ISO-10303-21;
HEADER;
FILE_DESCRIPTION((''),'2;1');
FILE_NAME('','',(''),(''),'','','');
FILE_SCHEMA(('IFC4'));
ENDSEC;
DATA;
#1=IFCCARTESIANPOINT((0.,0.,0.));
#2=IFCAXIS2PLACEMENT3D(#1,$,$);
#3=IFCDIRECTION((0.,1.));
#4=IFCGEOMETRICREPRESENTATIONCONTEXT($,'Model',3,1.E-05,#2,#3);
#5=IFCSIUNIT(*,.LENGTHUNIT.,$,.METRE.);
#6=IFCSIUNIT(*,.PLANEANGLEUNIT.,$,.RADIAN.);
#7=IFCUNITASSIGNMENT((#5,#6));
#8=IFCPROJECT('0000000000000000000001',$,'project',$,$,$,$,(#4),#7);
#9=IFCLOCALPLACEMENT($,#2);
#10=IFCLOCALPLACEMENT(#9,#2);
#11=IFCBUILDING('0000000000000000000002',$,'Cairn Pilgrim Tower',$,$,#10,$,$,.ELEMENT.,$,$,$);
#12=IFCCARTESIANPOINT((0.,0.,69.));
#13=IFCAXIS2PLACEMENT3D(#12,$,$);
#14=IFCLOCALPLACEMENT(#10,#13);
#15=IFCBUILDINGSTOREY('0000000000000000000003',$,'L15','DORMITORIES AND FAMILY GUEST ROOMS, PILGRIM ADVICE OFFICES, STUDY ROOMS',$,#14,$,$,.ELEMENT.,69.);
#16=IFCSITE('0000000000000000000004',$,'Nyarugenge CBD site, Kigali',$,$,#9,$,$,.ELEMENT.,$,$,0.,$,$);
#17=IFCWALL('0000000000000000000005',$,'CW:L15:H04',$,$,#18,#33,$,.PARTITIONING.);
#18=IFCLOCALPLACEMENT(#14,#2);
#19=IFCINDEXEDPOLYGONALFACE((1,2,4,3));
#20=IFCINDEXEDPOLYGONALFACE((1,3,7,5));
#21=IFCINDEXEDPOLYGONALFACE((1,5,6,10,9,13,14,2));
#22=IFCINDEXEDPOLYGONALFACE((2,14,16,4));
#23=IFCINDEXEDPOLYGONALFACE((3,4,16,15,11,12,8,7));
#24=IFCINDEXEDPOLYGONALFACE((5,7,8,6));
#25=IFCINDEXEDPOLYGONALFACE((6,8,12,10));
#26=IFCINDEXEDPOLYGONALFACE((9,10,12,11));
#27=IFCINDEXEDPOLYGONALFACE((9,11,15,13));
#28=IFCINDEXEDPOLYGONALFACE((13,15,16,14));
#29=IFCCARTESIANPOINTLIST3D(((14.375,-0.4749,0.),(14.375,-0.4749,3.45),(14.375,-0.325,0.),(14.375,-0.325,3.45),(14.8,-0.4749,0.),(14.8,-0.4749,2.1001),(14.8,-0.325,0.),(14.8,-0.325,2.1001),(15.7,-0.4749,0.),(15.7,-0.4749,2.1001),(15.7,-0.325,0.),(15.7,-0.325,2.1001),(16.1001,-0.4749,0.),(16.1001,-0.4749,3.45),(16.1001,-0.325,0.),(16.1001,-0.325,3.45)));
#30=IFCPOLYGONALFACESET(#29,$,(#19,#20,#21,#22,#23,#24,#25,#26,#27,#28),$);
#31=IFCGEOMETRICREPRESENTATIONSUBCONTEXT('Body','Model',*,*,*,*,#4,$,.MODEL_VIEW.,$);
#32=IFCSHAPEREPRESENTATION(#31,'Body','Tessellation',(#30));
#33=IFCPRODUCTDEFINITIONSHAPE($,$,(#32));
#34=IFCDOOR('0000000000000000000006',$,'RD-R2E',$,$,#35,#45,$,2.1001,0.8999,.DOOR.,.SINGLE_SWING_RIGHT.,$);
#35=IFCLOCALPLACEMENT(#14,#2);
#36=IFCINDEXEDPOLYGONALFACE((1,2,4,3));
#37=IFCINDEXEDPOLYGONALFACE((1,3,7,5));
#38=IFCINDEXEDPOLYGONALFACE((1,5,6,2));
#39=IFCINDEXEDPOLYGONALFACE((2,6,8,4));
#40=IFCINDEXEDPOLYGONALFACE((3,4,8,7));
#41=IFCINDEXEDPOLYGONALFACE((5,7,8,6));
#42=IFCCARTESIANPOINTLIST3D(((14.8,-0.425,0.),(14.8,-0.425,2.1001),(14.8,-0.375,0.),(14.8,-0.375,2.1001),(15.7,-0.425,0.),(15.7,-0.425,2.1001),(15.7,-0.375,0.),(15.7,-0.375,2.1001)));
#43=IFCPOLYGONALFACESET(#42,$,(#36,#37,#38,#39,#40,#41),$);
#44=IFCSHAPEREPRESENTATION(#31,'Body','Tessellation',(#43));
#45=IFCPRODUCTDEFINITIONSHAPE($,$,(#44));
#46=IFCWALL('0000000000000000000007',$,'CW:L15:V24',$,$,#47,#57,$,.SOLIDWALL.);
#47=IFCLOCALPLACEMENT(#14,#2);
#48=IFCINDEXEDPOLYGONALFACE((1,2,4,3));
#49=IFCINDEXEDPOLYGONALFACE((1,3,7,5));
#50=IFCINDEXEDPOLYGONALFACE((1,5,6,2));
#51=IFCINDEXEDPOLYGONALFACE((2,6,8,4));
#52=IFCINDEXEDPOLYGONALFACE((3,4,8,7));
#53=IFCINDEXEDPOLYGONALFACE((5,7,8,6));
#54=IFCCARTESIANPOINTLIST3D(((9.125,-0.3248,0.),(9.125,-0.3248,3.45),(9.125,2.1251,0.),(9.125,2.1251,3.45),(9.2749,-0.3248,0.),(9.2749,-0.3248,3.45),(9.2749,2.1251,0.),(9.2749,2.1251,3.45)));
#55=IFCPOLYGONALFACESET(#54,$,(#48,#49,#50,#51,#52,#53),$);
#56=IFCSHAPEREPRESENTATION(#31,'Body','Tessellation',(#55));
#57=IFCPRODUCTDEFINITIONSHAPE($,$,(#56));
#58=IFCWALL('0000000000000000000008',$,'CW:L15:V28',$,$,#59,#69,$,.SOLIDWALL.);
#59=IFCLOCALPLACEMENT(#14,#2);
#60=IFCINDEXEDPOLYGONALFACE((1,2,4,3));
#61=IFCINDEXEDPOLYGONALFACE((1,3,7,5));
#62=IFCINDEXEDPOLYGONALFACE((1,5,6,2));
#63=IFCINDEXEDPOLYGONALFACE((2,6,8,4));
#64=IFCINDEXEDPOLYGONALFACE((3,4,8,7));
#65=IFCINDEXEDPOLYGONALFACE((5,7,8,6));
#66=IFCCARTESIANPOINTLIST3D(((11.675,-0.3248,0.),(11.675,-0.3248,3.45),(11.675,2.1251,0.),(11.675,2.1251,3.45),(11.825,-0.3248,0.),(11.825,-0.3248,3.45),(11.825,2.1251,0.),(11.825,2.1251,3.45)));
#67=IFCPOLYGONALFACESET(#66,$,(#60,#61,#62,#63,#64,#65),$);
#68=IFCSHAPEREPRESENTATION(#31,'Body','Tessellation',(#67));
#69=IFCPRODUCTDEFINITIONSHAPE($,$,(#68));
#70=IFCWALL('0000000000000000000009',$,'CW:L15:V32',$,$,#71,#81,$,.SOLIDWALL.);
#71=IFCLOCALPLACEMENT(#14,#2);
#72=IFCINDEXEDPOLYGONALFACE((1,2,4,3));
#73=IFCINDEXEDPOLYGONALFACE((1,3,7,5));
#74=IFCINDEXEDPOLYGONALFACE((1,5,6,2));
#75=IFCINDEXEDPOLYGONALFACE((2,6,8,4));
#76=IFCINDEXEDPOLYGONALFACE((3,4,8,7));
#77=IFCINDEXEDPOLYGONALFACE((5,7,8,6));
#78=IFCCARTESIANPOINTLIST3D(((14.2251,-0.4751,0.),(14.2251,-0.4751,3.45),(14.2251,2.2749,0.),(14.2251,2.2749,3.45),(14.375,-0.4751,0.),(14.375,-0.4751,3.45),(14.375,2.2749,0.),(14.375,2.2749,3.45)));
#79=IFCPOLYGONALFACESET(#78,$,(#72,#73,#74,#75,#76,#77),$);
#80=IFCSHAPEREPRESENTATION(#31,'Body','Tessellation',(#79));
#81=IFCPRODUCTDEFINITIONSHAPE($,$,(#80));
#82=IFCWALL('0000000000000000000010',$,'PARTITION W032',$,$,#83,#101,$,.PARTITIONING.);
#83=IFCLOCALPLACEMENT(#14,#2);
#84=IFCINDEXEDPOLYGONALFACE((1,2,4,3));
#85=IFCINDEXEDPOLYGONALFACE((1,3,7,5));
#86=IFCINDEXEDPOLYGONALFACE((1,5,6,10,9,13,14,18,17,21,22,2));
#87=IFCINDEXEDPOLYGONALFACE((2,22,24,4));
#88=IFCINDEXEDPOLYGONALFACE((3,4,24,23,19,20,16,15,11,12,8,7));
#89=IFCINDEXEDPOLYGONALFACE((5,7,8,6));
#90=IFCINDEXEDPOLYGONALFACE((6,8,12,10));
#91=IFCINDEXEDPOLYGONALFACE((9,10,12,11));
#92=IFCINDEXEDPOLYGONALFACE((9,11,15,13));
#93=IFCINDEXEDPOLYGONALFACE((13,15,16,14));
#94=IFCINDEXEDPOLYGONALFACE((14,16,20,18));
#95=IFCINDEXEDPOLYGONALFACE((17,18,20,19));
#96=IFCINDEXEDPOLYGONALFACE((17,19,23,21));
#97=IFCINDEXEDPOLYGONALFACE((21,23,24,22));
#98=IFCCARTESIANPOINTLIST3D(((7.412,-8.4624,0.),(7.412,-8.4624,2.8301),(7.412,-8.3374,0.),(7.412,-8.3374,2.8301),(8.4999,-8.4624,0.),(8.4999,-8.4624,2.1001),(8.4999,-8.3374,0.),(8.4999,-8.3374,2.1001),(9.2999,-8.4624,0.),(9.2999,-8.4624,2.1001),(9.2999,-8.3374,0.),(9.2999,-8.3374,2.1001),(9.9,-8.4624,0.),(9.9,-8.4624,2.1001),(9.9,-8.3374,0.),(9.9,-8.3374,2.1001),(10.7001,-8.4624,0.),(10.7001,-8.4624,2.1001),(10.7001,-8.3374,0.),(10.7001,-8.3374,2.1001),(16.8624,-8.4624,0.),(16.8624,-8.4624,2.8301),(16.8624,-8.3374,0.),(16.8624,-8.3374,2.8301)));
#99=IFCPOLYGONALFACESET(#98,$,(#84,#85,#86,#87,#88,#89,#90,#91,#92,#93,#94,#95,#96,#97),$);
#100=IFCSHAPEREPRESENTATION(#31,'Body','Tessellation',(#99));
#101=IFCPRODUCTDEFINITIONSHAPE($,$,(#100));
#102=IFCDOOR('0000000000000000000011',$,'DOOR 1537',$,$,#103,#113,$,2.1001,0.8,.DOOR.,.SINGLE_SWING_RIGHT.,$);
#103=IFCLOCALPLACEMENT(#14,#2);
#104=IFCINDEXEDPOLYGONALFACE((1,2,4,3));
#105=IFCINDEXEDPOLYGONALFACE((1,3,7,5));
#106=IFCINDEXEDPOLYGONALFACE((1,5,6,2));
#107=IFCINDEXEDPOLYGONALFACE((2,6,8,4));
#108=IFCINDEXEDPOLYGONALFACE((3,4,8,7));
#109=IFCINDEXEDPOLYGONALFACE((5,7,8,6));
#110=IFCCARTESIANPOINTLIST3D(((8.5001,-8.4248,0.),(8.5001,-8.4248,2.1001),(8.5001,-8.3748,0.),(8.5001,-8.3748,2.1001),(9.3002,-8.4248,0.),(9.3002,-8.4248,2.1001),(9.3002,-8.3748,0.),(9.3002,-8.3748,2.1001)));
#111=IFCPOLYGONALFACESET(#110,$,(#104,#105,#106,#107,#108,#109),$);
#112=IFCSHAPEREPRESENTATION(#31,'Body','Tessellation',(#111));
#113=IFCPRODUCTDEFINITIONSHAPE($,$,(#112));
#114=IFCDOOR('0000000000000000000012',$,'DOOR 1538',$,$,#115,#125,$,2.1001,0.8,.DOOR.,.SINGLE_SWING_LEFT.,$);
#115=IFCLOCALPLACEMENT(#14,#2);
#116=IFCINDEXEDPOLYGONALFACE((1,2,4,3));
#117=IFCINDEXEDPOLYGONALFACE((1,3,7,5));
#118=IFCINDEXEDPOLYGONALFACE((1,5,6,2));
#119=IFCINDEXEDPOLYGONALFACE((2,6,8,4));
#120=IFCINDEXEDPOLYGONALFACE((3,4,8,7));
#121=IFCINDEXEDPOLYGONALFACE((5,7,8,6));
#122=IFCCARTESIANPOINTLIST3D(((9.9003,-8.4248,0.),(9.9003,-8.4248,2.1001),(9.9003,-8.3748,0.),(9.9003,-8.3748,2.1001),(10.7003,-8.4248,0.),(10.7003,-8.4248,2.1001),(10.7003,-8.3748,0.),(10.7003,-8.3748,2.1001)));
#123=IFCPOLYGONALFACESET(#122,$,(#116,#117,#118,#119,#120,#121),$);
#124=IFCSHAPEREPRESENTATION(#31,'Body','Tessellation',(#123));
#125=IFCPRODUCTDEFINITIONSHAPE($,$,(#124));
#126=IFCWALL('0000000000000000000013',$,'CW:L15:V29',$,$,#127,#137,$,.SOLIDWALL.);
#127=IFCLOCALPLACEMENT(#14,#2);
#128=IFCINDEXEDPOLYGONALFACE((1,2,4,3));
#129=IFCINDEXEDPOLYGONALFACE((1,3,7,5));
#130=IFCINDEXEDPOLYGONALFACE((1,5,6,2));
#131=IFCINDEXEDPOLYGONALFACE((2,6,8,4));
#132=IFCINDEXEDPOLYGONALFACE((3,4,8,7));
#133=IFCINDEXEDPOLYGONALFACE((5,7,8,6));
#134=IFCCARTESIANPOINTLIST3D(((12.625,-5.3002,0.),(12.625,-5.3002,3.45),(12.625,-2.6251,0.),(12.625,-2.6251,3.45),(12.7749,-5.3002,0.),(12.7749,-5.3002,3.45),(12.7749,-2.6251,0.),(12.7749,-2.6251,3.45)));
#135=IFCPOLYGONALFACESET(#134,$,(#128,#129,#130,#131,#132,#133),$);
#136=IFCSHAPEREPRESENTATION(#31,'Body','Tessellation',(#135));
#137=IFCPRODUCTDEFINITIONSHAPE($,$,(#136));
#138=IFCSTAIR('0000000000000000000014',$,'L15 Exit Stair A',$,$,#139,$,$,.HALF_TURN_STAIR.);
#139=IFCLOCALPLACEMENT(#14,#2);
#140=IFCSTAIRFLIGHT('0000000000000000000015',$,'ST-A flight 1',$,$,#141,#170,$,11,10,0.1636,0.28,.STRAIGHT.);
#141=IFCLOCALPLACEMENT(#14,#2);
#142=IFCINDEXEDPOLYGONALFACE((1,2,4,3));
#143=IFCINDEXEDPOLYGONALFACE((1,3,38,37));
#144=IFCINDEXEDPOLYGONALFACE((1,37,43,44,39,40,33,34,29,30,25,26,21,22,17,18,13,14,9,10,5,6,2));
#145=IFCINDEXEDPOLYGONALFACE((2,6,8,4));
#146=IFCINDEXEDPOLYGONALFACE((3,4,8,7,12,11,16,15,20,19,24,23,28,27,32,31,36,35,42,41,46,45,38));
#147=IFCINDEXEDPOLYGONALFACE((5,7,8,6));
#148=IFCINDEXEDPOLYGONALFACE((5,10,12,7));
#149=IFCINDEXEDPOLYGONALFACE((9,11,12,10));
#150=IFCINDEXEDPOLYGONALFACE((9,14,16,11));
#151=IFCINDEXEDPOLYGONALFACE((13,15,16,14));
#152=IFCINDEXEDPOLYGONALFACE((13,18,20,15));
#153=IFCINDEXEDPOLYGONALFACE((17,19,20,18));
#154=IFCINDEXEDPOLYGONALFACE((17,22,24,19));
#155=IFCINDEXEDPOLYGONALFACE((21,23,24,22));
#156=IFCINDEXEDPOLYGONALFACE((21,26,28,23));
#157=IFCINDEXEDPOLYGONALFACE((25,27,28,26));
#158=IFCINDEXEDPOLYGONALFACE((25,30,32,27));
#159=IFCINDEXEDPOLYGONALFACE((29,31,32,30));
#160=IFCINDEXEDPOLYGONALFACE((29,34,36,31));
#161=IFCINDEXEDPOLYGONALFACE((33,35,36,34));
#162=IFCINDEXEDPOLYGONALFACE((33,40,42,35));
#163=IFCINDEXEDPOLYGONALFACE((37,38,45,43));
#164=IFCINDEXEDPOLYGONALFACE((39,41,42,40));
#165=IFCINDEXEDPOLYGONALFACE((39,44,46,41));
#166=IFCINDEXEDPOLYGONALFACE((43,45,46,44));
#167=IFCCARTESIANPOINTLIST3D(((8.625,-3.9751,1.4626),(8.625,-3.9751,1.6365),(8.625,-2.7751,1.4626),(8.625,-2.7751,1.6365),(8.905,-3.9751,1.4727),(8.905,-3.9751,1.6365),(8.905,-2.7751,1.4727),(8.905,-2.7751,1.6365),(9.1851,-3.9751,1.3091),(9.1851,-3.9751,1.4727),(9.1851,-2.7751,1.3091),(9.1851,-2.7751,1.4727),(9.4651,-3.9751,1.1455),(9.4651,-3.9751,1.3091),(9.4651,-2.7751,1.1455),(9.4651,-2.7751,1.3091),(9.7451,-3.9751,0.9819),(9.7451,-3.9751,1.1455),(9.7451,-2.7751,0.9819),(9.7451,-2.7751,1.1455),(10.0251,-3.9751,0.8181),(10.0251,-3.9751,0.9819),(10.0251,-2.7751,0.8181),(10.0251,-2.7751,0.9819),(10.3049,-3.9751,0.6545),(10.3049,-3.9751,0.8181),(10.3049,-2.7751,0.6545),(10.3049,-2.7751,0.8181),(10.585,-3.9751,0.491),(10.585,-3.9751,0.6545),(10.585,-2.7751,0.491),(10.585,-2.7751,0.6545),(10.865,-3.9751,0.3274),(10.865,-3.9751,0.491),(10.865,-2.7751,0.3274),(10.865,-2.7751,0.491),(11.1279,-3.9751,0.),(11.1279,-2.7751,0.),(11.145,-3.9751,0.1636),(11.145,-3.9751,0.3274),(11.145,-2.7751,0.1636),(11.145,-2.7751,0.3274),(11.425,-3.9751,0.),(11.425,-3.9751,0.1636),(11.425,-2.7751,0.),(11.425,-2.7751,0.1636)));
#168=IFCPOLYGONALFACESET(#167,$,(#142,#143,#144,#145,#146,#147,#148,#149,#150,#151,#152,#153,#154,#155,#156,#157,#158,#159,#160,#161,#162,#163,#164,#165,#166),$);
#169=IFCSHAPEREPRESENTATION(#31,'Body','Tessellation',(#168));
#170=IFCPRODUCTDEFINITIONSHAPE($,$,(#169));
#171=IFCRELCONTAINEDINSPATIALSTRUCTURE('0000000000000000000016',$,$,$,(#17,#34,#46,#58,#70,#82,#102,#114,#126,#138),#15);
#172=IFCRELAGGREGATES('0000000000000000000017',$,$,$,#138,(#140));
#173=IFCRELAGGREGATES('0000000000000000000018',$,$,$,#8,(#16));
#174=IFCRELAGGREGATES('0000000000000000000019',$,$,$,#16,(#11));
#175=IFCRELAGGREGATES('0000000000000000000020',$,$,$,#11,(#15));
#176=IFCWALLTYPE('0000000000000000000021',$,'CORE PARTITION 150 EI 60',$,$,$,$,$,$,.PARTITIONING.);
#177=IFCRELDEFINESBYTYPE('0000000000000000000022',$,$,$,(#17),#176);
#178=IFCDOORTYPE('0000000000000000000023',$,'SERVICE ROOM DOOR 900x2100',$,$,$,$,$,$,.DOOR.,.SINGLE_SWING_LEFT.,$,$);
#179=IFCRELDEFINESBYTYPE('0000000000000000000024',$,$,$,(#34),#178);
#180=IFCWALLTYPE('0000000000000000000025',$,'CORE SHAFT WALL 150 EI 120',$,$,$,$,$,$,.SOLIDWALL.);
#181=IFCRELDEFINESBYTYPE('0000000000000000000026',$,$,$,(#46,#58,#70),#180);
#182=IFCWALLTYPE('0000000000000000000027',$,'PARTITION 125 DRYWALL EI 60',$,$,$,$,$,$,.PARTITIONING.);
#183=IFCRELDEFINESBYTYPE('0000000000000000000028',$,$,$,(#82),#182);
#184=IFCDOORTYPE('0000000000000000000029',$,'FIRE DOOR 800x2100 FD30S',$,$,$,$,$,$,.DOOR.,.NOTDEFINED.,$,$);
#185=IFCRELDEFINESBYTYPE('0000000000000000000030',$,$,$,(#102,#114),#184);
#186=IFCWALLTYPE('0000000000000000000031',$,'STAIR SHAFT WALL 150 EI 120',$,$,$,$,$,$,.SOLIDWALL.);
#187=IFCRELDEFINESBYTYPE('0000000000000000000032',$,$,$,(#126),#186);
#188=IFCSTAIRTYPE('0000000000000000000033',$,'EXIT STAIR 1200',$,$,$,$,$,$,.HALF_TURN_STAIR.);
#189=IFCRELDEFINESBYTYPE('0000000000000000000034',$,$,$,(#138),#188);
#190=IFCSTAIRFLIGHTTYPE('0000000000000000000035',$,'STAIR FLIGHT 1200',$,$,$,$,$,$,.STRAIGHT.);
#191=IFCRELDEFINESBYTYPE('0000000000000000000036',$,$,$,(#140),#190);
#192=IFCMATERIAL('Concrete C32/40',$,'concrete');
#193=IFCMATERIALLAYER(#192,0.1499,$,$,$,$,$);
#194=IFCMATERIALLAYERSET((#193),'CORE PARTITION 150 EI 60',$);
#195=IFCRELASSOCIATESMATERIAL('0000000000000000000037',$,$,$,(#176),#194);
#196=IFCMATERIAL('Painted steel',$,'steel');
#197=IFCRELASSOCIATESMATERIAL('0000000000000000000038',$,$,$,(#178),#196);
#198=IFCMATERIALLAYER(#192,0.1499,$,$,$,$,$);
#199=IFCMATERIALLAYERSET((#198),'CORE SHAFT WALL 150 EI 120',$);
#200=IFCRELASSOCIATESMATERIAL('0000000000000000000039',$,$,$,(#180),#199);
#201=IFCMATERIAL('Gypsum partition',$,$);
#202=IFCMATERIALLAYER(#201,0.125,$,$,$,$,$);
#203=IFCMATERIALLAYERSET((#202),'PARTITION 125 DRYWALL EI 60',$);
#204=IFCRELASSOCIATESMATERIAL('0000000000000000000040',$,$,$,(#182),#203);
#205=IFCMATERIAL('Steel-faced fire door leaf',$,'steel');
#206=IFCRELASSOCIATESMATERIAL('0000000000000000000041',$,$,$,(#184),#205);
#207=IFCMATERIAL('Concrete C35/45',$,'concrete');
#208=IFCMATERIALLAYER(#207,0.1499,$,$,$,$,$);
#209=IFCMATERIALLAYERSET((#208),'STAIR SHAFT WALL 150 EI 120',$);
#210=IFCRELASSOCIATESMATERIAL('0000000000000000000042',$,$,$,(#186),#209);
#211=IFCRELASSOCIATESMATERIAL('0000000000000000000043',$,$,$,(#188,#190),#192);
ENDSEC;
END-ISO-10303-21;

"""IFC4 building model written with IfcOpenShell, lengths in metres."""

from ifc_helpers import new_model, si_unit, direction, frame, frame_2d, origin, place, context, subcontext, project, spatial, polyline, rectangle, outline, extrude, material, layer, layer_set, type_object, element, fill, aggregate, save


model = new_model("IFC4")

# Units and contexts
model_context = context("Model", 3, precision=1e-05, world=origin(), true_north=direction((0.0, 1.0)))
body_context = subcontext(model_context, "Body", "Model", "MODEL_VIEW")
ifc_project = project(units=[si_unit("LENGTHUNIT", "METRE"), si_unit("PLANEANGLEUNIT", "RADIAN")], contexts=[model_context])

# Site, building, storey
site_placement = place(None, origin())
site = spatial("IfcSite", under=ifc_project, at=site_placement, Name="Nyarugenge CBD site, Kigali", CompositionType="ELEMENT", RefElevation=0.0)
building_placement = place(site_placement, origin())
building = spatial("IfcBuilding", under=site, at=building_placement, Name="Cairn Pilgrim Tower", CompositionType="ELEMENT")
storey_placement = place(building_placement, frame((0.0, 0.0, 69.0)))
storey = spatial("IfcBuildingStorey", under=building, at=storey_placement, Name="L15", Description="DORMITORIES AND FAMILY GUEST ROOMS, PILGRIM ADVICE OFFICES, STUDY ROOMS", CompositionType="ELEMENT", Elevation=69.0)

# Shared definitions
ifc_material_1 = material(Name="Concrete C32/40", Category="concrete")

# Shared definitions
ifc_material_2 = material(Name="Painted steel", Category="steel")

# Wall, opening, door
ifc_layer_1 = layer(ifc_material_1, 0.1499)
ifc_layer_set_1 = layer_set([ifc_layer_1], Name="CORE PARTITION 150 EI 60")
wall_type_1 = type_object("IfcWallType", Name="CORE PARTITION 150 EI 60", PredefinedType="PARTITIONING", material=ifc_layer_set_1)
wall_1_placement = place(storey_placement, frame((14.375, -0.3999, 0.0), z_axis=(0.0, 0.0, 1.0), x_axis=(1.0, 0.0, 0.0)))
wall_1 = element("IfcWall", 1, at=wall_1_placement, inside=storey, type_object=wall_type_1, Name="CW:L15:H04", PredefinedType="PARTITIONING", context=body_context, shape_type="SweptSolid", body=[
    extrude(rectangle(XDim=1.7251, YDim=0.1499, at=frame_2d((0.8625, 0.0))), origin(), (0.0, 0.0, 1.0), 3.45),
])
opening_1_placement = place(wall_1_placement, frame((0.425, 0.0, 0.0)))
opening_1 = element("IfcOpeningElement", 2, at=opening_1_placement, cuts=wall_1, PredefinedType="OPENING", context=body_context, shape_type="SweptSolid", body=[
    extrude(rectangle(XDim=0.8999, YDim=2.1001, at=frame_2d((0.45, 1.05))), frame((0.0, 0.085, 0.0), z_axis=(0.0, -1.0, 0.0), x_axis=(1.0, 0.0, 0.0)), (0.0, 0.0, 1.0), 0.1699),
])
door_type_1 = type_object("IfcDoorType", Name="SERVICE ROOM DOOR 900x2100", OperationType="SINGLE_SWING_LEFT", PredefinedType="DOOR", material=ifc_material_2)
door_1_placement = place(opening_1_placement, origin())
door_1 = element("IfcDoor", 3, at=door_1_placement, inside=storey, type_object=door_type_1, Name="RD-R2E", OperationType="SINGLE_SWING_RIGHT", OverallHeight=2.1001, OverallWidth=0.8999, PredefinedType="DOOR", context=body_context, shape_type="SweptSolid", body=[
    extrude(rectangle(XDim=0.8999, YDim=2.1001, at=frame_2d((0.45, 1.05))), frame((0.0, 0.0249, 0.0), z_axis=(0.0, -1.0, 0.0), x_axis=(1.0, 0.0, 0.0)), (0.0, 0.0, 1.0), 0.05),
])
fill(opening_1, door_1)

# Walls
ifc_layer_2 = layer(ifc_material_1, 0.1499)
ifc_layer_set_2 = layer_set([ifc_layer_2], Name="CORE SHAFT WALL 150 EI 120")
wall_type_2 = type_object("IfcWallType", Name="CORE SHAFT WALL 150 EI 120", PredefinedType="SOLIDWALL", material=ifc_layer_set_2)
for number, where, z_axis, x_axis, name in (
    (4, (9.2, -0.325, 0.0), (0.0, 0.0, 1.0), (0.0, 1.0, 0.0), "CW:L15:V24"),
    (5, (11.75, -0.325, 0.0), (0.0, 0.0, 1.0), (0.0, 1.0, 0.0), "CW:L15:V28"),
):
    element("IfcWall", number, at=place(storey_placement, frame(where, z_axis=z_axis, x_axis=x_axis)), inside=storey, type_object=wall_type_2, Name=name, PredefinedType="SOLIDWALL", context=body_context, shape_type="SweptSolid", body=[
        extrude(rectangle(XDim=2.45, YDim=0.1499, at=frame_2d((1.2251, 0.0))), origin(), (0.0, 0.0, 1.0), 3.45),
    ])
wall_2_placement = place(storey_placement, frame((14.3, -0.4751, 0.0), z_axis=(0.0, 0.0, 1.0), x_axis=(0.0, 1.0, 0.0)))
element("IfcWall", 6, at=wall_2_placement, inside=storey, type_object=wall_type_2, Name="CW:L15:V32", PredefinedType="SOLIDWALL", context=body_context, shape_type="SweptSolid", body=[
    extrude(rectangle(XDim=2.75, YDim=0.1499, at=frame_2d((1.375, 0.0))), origin(), (0.0, 0.0, 1.0), 3.45),
])

# Wall, openings, doors
ifc_material_3 = material(Name="Gypsum partition")
ifc_layer_3 = layer(ifc_material_3, 0.125)
ifc_layer_set_3 = layer_set([ifc_layer_3], Name="PARTITION 125 DRYWALL EI 60")
wall_type_3 = type_object("IfcWallType", Name="PARTITION 125 DRYWALL EI 60", PredefinedType="PARTITIONING", material=ifc_layer_set_3)
wall_3_placement = place(storey_placement, frame((7.4121, -8.3999, 0.0), z_axis=(0.0, 0.0, 1.0), x_axis=(1.0, 0.0, 0.0)))
wall_3 = element("IfcWall", 7, at=wall_3_placement, inside=storey, type_object=wall_type_3, Name="PARTITION W032", PredefinedType="PARTITIONING", context=body_context, shape_type="SweptSolid", body=[
    extrude(rectangle(XDim=9.4504, YDim=0.125, at=frame_2d((4.7251, 0.0))), origin(), (0.0, 0.0, 1.0), 2.8301),
])
opening_2_placement = place(wall_3_placement, frame((1.0879, 0.0, 0.0)))
opening_2 = element("IfcOpeningElement", 8, at=opening_2_placement, cuts=wall_3, PredefinedType="OPENING", context=body_context, shape_type="SweptSolid", body=[
    extrude(rectangle(XDim=0.8, YDim=2.1001, at=frame_2d((0.3999, 1.05))), frame((0.0, 0.0725, 0.0), z_axis=(0.0, -1.0, 0.0), x_axis=(1.0, 0.0, 0.0)), (0.0, 0.0, 1.0), 0.145),
])
opening_3_placement = place(wall_3_placement, frame((2.488, 0.0, 0.0)))
opening_3 = element("IfcOpeningElement", 9, at=opening_3_placement, cuts=wall_3, PredefinedType="OPENING", context=body_context, shape_type="SweptSolid", body=[
    extrude(rectangle(XDim=0.8, YDim=2.1001, at=frame_2d((0.3999, 1.05))), frame((0.0, 0.0725, 0.0), z_axis=(0.0, -1.0, 0.0), x_axis=(1.0, 0.0, 0.0)), (0.0, 0.0, 1.0), 0.145),
])
ifc_material_4 = material(Name="Steel-faced fire door leaf", Category="steel")
door_type_2 = type_object("IfcDoorType", Name="FIRE DOOR 800x2100 FD30S", OperationType="NOTDEFINED", PredefinedType="DOOR", material=ifc_material_4)
door_2_placement = place(opening_2_placement, frame((0.8, 0.0, 0.0), z_axis=(0.0, 0.0, 1.0), x_axis=(-1.0, 0.0, 0.0)))
door_2 = element("IfcDoor", 10, at=door_2_placement, inside=storey, type_object=door_type_2, Name="DOOR 1537", OperationType="SINGLE_SWING_RIGHT", OverallHeight=2.1001, OverallWidth=0.8, PredefinedType="DOOR", context=body_context, shape_type="SweptSolid", body=[
    extrude(rectangle(XDim=0.8, YDim=2.1001, at=frame_2d((0.3999, 1.05))), frame((0.0, 0.0249, 0.0), z_axis=(0.0, -1.0, 0.0), x_axis=(1.0, 0.0, 0.0)), (0.0, 0.0, 1.0), 0.05),
])
fill(opening_2, door_2)
door_3_placement = place(opening_3_placement, frame((0.8, 0.0, 0.0), z_axis=(0.0, 0.0, 1.0), x_axis=(-1.0, 0.0, 0.0)))
door_3 = element("IfcDoor", 11, at=door_3_placement, inside=storey, type_object=door_type_2, Name="DOOR 1538", OperationType="SINGLE_SWING_LEFT", OverallHeight=2.1001, OverallWidth=0.8, PredefinedType="DOOR", context=body_context, shape_type="SweptSolid", body=[
    extrude(rectangle(XDim=0.8, YDim=2.1001, at=frame_2d((0.3999, 1.05))), frame((0.0, 0.0249, 0.0), z_axis=(0.0, -1.0, 0.0), x_axis=(1.0, 0.0, 0.0)), (0.0, 0.0, 1.0), 0.05),
])
fill(opening_3, door_3)

# Wall
ifc_material_5 = material(Name="Concrete C35/45", Category="concrete")
ifc_layer_4 = layer(ifc_material_5, 0.1499)
ifc_layer_set_4 = layer_set([ifc_layer_4], Name="STAIR SHAFT WALL 150 EI 120")
wall_type_4 = type_object("IfcWallType", Name="STAIR SHAFT WALL 150 EI 120", PredefinedType="SOLIDWALL", material=ifc_layer_set_4)
wall_4_placement = place(storey_placement, frame((12.7, -5.3, 0.0), z_axis=(0.0, 0.0, 1.0), x_axis=(0.0, 1.0, 0.0)))
element("IfcWall", 12, at=wall_4_placement, inside=storey, type_object=wall_type_4, Name="CW:L15:V29", PredefinedType="SOLIDWALL", context=body_context, shape_type="SweptSolid", body=[
    extrude(rectangle(XDim=2.675, YDim=0.1499, at=frame_2d((1.3374, 0.0))), origin(), (0.0, 0.0, 1.0), 3.45),
])

# Stair, stair flight
stair_type = type_object("IfcStairType", Name="EXIT STAIR 1200", PredefinedType="HALF_TURN_STAIR", material=ifc_material_1)
stair_placement = place(storey_placement, origin())
stair = element("IfcStair", 13, at=stair_placement, inside=storey, type_object=stair_type, Name="L15 Exit Stair A", PredefinedType="HALF_TURN_STAIR")
stair_flight_type = type_object("IfcStairFlightType", Name="STAIR FLIGHT 1200", PredefinedType="STRAIGHT", material=ifc_material_1)
stair_flight_1_placement = place(storey_placement, frame((11.425, -3.375, 0.0), z_axis=(0.0, 0.0, 1.0), x_axis=(-1.0, 0.0, 0.0)))
stair_flight_1 = element("IfcStairFlight", 14, at=stair_flight_1_placement, type_object=stair_flight_type, Name="ST-A flight 1", NumberOfRisers=11, NumberOfTreads=10, PredefinedType="STRAIGHT", RiserHeight=0.1636, TreadLength=0.28, context=body_context, shape_type="SweptSolid", body=[
    extrude(outline(polyline([(0.0, 0.0), (0.0, 0.1636), (0.28, 0.1636), (0.28, 0.3274), (0.5601, 0.3274), (0.5601, 0.491), (0.8401, 0.491), (0.8401, 0.6545), (1.1201, 0.6545), (1.1201, 0.8181), (1.3999, 0.8181), (1.3999, 0.9819), (1.6799, 0.9819), (1.6799, 1.1455), (1.96, 1.1455), (1.96, 1.3091), (2.24, 1.3091), (2.24, 1.4727), (2.52, 1.4727), (2.52, 1.6365), (2.8, 1.6365), (2.8, 1.8), (2.8, 1.4626), (0.2971, 0.0), (0.0, 0.0)])), frame((0.0, 0.6001, 0.0), z_axis=(0.0, -1.0, 0.0), x_axis=(1.0, 0.0, 0.0)), (0.0, 0.0, 1.0), 1.2),
])
aggregate(stair, [stair_flight_1])

save(model, "model.ifc")
